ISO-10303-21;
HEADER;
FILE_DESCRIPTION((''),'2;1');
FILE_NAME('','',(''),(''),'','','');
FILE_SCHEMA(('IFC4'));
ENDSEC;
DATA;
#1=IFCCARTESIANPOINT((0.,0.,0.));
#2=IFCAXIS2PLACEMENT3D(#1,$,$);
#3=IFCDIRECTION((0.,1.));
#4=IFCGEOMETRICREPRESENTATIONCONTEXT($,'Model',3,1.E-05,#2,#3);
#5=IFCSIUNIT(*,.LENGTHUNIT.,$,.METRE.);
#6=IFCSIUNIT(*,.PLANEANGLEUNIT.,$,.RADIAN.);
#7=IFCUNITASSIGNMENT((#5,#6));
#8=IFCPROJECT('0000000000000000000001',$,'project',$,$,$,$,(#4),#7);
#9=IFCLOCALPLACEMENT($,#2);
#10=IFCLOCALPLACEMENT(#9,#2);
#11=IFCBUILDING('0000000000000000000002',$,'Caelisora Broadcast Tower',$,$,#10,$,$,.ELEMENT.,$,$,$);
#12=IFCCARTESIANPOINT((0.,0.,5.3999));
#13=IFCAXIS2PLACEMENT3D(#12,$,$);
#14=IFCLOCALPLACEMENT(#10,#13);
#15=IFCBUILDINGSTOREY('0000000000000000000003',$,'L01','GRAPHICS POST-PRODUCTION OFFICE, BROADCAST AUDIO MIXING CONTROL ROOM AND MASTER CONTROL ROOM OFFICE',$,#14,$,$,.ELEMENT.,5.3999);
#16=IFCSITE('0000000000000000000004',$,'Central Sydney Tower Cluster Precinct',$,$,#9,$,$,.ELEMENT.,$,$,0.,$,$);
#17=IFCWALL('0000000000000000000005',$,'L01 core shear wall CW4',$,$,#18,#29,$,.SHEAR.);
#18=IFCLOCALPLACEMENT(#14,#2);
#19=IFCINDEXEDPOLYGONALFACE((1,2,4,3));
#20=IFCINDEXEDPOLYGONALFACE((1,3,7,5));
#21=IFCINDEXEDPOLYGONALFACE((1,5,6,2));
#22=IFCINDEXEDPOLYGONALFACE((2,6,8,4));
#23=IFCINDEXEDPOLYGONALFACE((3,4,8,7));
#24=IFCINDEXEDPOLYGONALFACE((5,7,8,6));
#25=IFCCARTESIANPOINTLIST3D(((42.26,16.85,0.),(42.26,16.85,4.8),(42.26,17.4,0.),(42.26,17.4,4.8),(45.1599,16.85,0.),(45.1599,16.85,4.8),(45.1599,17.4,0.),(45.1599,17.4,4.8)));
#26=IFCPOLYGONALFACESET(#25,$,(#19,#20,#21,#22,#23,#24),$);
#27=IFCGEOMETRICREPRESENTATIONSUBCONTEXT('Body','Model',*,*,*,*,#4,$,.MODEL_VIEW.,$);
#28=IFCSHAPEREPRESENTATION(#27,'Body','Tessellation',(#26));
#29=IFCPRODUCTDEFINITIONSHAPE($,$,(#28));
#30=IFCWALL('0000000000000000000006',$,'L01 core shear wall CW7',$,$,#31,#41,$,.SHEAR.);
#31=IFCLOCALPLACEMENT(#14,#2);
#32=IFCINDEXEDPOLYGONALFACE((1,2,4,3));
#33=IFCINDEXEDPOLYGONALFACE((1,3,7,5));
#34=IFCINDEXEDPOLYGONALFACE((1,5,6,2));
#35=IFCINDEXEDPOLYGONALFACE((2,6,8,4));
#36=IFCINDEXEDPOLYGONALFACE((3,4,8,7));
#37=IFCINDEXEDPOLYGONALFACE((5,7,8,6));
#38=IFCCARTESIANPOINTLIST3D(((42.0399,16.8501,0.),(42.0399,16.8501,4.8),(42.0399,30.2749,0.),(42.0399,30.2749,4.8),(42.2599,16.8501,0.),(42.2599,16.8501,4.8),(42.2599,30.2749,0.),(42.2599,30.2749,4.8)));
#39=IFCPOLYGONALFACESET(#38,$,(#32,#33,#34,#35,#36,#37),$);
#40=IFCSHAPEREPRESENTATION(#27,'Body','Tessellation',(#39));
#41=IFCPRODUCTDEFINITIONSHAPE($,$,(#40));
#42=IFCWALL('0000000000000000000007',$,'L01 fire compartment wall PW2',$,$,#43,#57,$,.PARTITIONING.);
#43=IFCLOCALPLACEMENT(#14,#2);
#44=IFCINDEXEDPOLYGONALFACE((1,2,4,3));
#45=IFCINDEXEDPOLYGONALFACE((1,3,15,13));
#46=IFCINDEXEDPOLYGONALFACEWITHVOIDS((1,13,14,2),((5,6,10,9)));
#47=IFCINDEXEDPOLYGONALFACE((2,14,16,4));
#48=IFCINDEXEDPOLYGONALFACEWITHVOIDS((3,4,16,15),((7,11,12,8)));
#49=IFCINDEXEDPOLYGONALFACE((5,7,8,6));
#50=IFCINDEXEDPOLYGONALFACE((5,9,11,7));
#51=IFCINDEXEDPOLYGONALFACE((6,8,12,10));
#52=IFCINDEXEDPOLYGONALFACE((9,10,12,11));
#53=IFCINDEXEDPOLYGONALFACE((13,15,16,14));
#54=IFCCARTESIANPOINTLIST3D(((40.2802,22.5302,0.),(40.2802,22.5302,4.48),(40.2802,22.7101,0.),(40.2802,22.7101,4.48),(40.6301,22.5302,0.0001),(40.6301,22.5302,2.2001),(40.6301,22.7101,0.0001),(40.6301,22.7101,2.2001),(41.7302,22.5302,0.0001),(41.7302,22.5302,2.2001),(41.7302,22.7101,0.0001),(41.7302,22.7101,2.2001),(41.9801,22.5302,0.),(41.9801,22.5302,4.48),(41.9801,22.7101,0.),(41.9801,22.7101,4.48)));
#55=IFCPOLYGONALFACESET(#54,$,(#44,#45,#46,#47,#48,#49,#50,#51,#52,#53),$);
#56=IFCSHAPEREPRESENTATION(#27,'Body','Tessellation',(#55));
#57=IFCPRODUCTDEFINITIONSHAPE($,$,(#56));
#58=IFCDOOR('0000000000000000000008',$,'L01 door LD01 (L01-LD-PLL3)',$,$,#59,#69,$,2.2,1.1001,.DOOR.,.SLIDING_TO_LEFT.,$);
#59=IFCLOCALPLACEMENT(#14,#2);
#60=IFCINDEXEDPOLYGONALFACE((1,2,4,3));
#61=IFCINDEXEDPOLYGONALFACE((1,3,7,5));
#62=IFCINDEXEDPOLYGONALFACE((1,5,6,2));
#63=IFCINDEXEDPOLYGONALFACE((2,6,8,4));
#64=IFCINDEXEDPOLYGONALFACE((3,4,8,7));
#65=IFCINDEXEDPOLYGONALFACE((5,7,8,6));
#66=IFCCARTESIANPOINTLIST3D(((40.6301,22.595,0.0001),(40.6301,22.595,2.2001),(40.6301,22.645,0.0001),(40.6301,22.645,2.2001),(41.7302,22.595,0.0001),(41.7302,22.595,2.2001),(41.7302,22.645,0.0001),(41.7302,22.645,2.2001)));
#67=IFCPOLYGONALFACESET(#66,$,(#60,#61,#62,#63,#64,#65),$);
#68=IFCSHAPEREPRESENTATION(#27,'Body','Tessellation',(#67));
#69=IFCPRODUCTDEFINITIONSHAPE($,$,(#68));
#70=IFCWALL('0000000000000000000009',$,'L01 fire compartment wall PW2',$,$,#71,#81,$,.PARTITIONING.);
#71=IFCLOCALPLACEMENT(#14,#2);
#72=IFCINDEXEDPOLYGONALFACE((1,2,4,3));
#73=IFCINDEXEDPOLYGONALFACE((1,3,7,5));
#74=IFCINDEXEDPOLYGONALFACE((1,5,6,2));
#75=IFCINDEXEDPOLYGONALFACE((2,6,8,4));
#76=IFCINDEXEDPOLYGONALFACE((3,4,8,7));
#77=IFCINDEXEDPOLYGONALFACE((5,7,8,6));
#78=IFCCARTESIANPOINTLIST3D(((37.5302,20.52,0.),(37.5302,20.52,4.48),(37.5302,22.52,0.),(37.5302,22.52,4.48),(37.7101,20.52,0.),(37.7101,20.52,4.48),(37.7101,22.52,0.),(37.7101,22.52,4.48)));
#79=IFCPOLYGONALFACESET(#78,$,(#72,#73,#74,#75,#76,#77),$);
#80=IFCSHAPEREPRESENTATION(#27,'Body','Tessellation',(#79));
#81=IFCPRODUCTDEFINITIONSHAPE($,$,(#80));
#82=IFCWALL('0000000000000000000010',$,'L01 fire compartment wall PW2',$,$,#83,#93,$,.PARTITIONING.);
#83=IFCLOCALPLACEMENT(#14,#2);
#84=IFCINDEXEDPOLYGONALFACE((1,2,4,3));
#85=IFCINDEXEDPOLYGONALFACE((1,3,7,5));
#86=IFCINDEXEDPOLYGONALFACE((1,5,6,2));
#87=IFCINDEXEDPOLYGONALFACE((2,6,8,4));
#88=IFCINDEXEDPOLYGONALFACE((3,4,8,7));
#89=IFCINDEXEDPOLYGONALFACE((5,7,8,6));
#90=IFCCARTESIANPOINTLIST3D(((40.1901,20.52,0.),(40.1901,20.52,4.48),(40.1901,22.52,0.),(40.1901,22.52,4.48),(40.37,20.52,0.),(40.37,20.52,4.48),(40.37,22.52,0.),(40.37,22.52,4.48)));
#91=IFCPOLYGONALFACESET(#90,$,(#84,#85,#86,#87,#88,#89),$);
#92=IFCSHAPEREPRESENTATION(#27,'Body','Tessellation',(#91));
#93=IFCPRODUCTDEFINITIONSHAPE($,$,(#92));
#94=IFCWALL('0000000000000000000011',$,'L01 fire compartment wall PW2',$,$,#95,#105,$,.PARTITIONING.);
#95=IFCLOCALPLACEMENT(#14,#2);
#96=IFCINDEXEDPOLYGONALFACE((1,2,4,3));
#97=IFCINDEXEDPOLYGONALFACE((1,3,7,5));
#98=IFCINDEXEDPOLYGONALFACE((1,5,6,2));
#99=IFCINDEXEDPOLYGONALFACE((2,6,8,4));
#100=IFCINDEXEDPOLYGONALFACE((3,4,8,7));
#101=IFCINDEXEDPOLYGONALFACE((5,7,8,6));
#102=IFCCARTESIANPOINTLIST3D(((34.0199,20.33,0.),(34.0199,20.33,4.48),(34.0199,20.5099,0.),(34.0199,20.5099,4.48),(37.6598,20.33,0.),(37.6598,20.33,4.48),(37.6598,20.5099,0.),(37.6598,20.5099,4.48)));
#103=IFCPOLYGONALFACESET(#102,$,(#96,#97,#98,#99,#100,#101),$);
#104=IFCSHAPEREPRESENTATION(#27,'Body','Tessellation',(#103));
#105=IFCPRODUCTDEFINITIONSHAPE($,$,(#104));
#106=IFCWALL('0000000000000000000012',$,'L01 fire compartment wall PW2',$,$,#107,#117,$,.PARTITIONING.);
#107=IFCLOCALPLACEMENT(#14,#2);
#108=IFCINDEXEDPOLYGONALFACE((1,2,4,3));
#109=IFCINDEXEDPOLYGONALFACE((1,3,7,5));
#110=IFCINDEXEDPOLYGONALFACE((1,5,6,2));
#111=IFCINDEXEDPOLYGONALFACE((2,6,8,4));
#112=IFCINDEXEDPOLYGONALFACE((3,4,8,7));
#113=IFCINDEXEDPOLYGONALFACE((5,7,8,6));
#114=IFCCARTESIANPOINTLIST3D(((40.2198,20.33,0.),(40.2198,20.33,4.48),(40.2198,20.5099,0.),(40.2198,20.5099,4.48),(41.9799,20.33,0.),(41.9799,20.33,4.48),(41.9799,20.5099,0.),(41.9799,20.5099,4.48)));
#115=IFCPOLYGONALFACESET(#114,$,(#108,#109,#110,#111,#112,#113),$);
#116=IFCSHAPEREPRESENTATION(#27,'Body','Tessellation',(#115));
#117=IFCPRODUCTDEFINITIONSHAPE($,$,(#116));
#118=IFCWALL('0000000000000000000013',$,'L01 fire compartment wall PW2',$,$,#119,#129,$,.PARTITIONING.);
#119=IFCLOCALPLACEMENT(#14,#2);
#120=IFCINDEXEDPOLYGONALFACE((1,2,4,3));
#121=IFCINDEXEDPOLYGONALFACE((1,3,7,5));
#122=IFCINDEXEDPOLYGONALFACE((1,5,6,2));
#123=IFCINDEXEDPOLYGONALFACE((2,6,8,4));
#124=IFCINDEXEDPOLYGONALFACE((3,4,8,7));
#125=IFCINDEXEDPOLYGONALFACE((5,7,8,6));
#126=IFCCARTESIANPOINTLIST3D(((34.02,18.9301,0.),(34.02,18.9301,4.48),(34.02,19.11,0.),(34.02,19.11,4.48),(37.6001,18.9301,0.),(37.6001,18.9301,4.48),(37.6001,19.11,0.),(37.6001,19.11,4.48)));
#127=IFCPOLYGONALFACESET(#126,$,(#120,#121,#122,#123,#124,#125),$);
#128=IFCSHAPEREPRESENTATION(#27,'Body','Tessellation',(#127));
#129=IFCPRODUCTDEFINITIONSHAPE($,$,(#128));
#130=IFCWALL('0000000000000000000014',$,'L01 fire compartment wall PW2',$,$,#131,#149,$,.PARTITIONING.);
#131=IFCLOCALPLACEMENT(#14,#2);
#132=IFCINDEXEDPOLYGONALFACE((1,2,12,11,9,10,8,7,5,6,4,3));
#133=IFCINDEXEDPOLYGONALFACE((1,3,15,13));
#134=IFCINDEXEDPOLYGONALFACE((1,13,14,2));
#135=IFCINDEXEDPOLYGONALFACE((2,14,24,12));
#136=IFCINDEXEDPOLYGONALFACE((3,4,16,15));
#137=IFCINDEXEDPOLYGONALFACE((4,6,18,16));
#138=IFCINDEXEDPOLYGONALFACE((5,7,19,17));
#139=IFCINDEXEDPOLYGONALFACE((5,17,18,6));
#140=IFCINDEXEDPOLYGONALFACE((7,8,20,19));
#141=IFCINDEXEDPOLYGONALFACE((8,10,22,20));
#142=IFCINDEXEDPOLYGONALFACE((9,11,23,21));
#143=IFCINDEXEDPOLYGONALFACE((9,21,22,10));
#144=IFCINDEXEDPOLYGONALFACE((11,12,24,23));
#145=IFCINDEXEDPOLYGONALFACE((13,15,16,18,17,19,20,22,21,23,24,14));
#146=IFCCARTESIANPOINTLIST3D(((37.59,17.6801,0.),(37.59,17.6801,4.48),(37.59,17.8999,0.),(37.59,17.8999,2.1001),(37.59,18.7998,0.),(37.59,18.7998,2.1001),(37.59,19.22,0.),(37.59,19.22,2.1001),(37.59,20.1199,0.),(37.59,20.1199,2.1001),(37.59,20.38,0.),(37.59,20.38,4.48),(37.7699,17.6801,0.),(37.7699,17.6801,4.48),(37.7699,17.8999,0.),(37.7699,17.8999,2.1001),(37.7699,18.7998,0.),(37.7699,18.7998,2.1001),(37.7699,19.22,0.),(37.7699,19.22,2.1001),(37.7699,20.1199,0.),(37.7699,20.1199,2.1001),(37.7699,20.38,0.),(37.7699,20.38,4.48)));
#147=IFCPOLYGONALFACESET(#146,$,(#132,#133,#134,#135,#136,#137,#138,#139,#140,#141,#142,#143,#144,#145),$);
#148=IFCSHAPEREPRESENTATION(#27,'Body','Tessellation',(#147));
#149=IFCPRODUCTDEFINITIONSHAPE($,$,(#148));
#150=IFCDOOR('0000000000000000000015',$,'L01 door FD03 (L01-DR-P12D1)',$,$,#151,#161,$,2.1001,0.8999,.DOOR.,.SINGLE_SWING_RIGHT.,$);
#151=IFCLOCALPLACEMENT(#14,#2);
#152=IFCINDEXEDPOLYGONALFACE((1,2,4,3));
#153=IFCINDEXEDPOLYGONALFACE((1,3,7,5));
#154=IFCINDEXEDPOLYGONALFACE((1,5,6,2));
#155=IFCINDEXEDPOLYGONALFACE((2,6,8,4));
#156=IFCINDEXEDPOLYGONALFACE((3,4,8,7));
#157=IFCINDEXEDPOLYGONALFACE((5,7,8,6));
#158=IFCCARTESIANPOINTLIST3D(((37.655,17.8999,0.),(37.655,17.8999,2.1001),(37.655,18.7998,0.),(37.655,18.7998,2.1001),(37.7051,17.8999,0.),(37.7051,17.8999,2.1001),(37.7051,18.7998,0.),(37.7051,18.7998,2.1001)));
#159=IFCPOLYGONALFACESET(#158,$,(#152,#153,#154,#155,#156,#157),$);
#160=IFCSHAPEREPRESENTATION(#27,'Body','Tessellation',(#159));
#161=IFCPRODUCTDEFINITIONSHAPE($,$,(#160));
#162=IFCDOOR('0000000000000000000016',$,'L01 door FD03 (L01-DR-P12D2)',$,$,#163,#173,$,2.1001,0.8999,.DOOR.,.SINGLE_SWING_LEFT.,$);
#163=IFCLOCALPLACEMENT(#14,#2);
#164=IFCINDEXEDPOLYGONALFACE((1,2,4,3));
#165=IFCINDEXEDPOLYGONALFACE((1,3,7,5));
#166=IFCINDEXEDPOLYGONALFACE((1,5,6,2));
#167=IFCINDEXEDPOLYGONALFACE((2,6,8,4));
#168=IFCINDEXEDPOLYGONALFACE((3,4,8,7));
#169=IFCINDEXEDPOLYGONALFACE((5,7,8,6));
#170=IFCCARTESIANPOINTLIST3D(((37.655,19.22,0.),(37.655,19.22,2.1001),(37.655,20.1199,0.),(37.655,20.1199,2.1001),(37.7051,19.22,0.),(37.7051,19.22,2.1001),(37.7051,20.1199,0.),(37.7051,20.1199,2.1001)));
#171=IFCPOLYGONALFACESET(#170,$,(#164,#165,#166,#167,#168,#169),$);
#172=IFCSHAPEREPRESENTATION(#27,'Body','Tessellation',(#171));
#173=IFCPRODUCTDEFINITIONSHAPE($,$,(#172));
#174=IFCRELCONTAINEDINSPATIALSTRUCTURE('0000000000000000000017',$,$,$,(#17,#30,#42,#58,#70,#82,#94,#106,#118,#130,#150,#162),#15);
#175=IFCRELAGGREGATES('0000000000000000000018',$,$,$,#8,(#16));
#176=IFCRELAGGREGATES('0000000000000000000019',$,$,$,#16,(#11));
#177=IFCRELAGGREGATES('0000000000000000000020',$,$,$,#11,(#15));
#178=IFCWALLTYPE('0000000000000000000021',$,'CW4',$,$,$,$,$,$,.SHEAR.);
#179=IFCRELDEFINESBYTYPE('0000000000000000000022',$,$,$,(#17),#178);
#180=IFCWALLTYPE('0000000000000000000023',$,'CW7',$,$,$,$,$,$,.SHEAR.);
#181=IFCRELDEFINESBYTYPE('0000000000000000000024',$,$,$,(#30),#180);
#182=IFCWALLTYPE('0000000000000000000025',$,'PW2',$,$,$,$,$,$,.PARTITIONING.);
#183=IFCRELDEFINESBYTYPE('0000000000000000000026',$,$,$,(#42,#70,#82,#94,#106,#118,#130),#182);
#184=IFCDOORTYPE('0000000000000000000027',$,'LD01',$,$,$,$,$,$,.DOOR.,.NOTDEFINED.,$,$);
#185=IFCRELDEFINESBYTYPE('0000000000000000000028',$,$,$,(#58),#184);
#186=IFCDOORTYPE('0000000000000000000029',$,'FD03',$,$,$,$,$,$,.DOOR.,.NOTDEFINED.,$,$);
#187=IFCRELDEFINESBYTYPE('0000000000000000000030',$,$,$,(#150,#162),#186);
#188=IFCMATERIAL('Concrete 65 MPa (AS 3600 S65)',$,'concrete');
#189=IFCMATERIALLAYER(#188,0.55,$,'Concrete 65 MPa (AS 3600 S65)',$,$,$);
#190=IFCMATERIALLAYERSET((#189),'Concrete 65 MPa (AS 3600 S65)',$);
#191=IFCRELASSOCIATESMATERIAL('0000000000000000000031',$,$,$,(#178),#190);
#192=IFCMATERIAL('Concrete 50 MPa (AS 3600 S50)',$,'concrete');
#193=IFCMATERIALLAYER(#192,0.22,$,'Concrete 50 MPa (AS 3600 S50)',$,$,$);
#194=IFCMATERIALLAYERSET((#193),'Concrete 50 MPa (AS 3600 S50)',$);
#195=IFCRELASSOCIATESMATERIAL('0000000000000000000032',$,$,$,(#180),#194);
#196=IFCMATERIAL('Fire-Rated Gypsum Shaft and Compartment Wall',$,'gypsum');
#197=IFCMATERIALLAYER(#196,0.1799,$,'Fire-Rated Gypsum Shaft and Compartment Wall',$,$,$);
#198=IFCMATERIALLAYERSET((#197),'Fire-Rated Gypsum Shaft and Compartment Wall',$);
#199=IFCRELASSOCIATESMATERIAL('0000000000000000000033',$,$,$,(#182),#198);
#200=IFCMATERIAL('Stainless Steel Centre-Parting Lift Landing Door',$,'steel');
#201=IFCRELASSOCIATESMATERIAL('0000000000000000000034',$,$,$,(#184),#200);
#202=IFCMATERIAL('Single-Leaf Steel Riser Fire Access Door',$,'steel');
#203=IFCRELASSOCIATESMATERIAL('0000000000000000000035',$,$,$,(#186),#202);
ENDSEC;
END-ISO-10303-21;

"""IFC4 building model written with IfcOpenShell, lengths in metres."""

from ifc_helpers import new_model, si_unit, direction, frame, frame_2d, origin, place, context, subcontext, project, spatial, rectangle, extrude, material, layer, layer_set, type_object, element, fill, save


model = new_model("IFC4")

# Units and contexts
model_context = context("Model", 3, precision=1e-05, world=origin(), true_north=direction((0.0, 1.0)))
body_context = subcontext(model_context, "Body", "Model", "MODEL_VIEW")
ifc_project = project(units=[si_unit("LENGTHUNIT", "METRE"), si_unit("PLANEANGLEUNIT", "RADIAN")], contexts=[model_context])

# Site, building, storey
site_placement = place(None, origin())
site = spatial("IfcSite", under=ifc_project, at=site_placement, Name="Central Sydney Tower Cluster Precinct", CompositionType="ELEMENT", RefElevation=0.0)
building_placement = place(site_placement, origin())
building = spatial("IfcBuilding", under=site, at=building_placement, Name="Caelisora Broadcast Tower", CompositionType="ELEMENT")
storey_placement = place(building_placement, frame((0.0, 0.0, 5.3999)))
storey = spatial("IfcBuildingStorey", under=building, at=storey_placement, Name="L01", Description="GRAPHICS POST-PRODUCTION OFFICE, BROADCAST AUDIO MIXING CONTROL ROOM AND MASTER CONTROL ROOM OFFICE", CompositionType="ELEMENT", Elevation=5.3999)

# Shared definitions
ifc_material_1 = material(Name="Concrete 65 MPa (AS 3600 S65)", Category="concrete")

# Walls
ifc_layer_1 = layer(ifc_material_1, 0.55, Name="Concrete 65 MPa (AS 3600 S65)")
ifc_layer_set_1 = layer_set([ifc_layer_1], Name="Concrete 65 MPa (AS 3600 S65)")
wall_type_1 = type_object("IfcWallType", Name="CW4", PredefinedType="SHEAR", material=ifc_layer_set_1)
wall_1_placement = place(storey_placement, frame((42.26, 17.125, 0.0), z_axis=(0.0, 0.0, 1.0), x_axis=(1.0, 0.0, 0.0)))
element("IfcWall", 1, at=wall_1_placement, inside=storey, type_object=wall_type_1, Name="L01 core shear wall CW4", PredefinedType="SHEAR", context=body_context, shape_type="SweptSolid", body=[
    extrude(rectangle(XDim=2.8999, YDim=0.55, at=frame_2d((1.45, 0.0))), origin(), (0.0, 0.0, 1.0), 4.8),
])
ifc_material_2 = material(Name="Concrete 50 MPa (AS 3600 S50)", Category="concrete")
ifc_layer_2 = layer(ifc_material_2, 0.22, Name="Concrete 50 MPa (AS 3600 S50)")
ifc_layer_set_2 = layer_set([ifc_layer_2], Name="Concrete 50 MPa (AS 3600 S50)")
wall_type_2 = type_object("IfcWallType", Name="CW7", PredefinedType="SHEAR", material=ifc_layer_set_2)
wall_2_placement = place(storey_placement, frame((42.1499, 16.8501, 0.0), z_axis=(0.0, 0.0, 1.0), x_axis=(0.0, 1.0, 0.0)))
element("IfcWall", 2, at=wall_2_placement, inside=storey, type_object=wall_type_2, Name="L01 core shear wall CW7", PredefinedType="SHEAR", context=body_context, shape_type="SweptSolid", body=[
    extrude(rectangle(XDim=13.4248, YDim=0.22, at=frame_2d((6.7124, 0.0))), origin(), (0.0, 0.0, 1.0), 4.8),
])

# Wall, opening, door
ifc_material_3 = material(Name="Fire-Rated Gypsum Shaft and Compartment Wall", Category="gypsum")
ifc_layer_3 = layer(ifc_material_3, 0.1799, Name="Fire-Rated Gypsum Shaft and Compartment Wall")
ifc_layer_set_3 = layer_set([ifc_layer_3], Name="Fire-Rated Gypsum Shaft and Compartment Wall")
wall_type_3 = type_object("IfcWallType", Name="PW2", PredefinedType="PARTITIONING", material=ifc_layer_set_3)
wall_3_placement = place(storey_placement, frame((40.28, 22.6201, 0.0), z_axis=(0.0, 0.0, 1.0), x_axis=(1.0, 0.0, 0.0)))
wall_3 = element("IfcWall", 3, at=wall_3_placement, inside=storey, type_object=wall_type_3, Name="L01 fire compartment wall PW2", PredefinedType="PARTITIONING", context=body_context, shape_type="SweptSolid", body=[
    extrude(rectangle(XDim=1.7, YDim=0.1799, at=frame_2d((0.8501, 0.0))), origin(), (0.0, 0.0, 1.0), 4.48),
])
opening_1_placement = place(wall_3_placement, frame((0.3501, 0.0, 0.0)))
opening_1 = element("IfcOpeningElement", 4, at=opening_1_placement, cuts=wall_3, PredefinedType="OPENING", context=body_context, shape_type="SweptSolid", body=[
    extrude(rectangle(XDim=1.1001, YDim=2.2, at=frame_2d((0.55, 1.1001))), frame((0.0, 0.1021, 0.0), z_axis=(0.0, -1.0, 0.0), x_axis=(1.0, 0.0, 0.0)), (0.0, 0.0, 1.0), 0.2039),
])
ifc_material_4 = material(Name="Stainless Steel Centre-Parting Lift Landing Door", Category="steel")
door_type_1 = type_object("IfcDoorType", Name="LD01", OperationType="NOTDEFINED", PredefinedType="DOOR", material=ifc_material_4)
door_1_placement = place(opening_1_placement, origin())
door_1 = element("IfcDoor", 5, at=door_1_placement, inside=storey, type_object=door_type_1, Name="L01 door LD01 (L01-LD-PLL3)", OperationType="SLIDING_TO_LEFT", OverallHeight=2.2, OverallWidth=1.1001, PredefinedType="DOOR", context=body_context, shape_type="SweptSolid", body=[
    extrude(rectangle(XDim=1.1001, YDim=2.2, at=frame_2d((0.55, 1.1001))), frame((0.0, 0.0249, 0.0), z_axis=(0.0, -1.0, 0.0), x_axis=(1.0, 0.0, 0.0)), (0.0, 0.0, 1.0), 0.05),
])
fill(opening_1, door_1)

# Walls
for number, where, z_axis, x_axis, name in (
    (6, (37.6201, 20.52, 0.0), (0.0, 0.0, 1.0), (0.0, 1.0, 0.0), "L01 fire compartment wall PW2"),
    (7, (40.28, 20.52, 0.0), (0.0, 0.0, 1.0), (0.0, 1.0, 0.0), "L01 fire compartment wall PW2"),
):
    element("IfcWall", number, at=place(storey_placement, frame(where, z_axis=z_axis, x_axis=x_axis)), inside=storey, type_object=wall_type_3, Name=name, PredefinedType="PARTITIONING", context=body_context, shape_type="SweptSolid", body=[
        extrude(rectangle(XDim=2.0, YDim=0.1799, at=frame_2d((1.0, 0.0))), origin(), (0.0, 0.0, 1.0), 4.48),
    ])
wall_4_placement = place(storey_placement, frame((34.02, 20.4199, 0.0), z_axis=(0.0, 0.0, 1.0), x_axis=(1.0, 0.0, 0.0)))
element("IfcWall", 8, at=wall_4_placement, inside=storey, type_object=wall_type_3, Name="L01 fire compartment wall PW2", PredefinedType="PARTITIONING", context=body_context, shape_type="SweptSolid", body=[
    extrude(rectangle(XDim=3.6399, YDim=0.1799, at=frame_2d((1.8198, 0.0))), origin(), (0.0, 0.0, 1.0), 4.48),
])
wall_5_placement = place(storey_placement, frame((40.22, 20.4199, 0.0), z_axis=(0.0, 0.0, 1.0), x_axis=(1.0, 0.0, 0.0)))
element("IfcWall", 9, at=wall_5_placement, inside=storey, type_object=wall_type_3, Name="L01 fire compartment wall PW2", PredefinedType="PARTITIONING", context=body_context, shape_type="SweptSolid", body=[
    extrude(rectangle(XDim=1.76, YDim=0.1799, at=frame_2d((0.8799, 0.0))), origin(), (0.0, 0.0, 1.0), 4.48),
])
wall_6_placement = place(storey_placement, frame((34.02, 19.02, 0.0), z_axis=(0.0, 0.0, 1.0), x_axis=(1.0, 0.0, 0.0)))
element("IfcWall", 10, at=wall_6_placement, inside=storey, type_object=wall_type_3, Name="L01 fire compartment wall PW2", PredefinedType="PARTITIONING", context=body_context, shape_type="SweptSolid", body=[
    extrude(rectangle(XDim=3.5801, YDim=0.1799, at=frame_2d((1.79, 0.0))), origin(), (0.0, 0.0, 1.0), 4.48),
])

# Wall, openings, doors
wall_7_placement = place(storey_placement, frame((37.6799, 17.6799, 0.0), z_axis=(0.0, 0.0, 1.0), x_axis=(0.0, 1.0, 0.0)))
wall_7 = element("IfcWall", 11, at=wall_7_placement, inside=storey, type_object=wall_type_3, Name="L01 fire compartment wall PW2", PredefinedType="PARTITIONING", context=body_context, shape_type="SweptSolid", body=[
    extrude(rectangle(XDim=2.7, YDim=0.1799, at=frame_2d((1.3501, 0.0))), origin(), (0.0, 0.0, 1.0), 4.48),
])
opening_2_placement = place(wall_7_placement, frame((0.22, 0.0, 0.0)))
opening_2 = element("IfcOpeningElement", 12, at=opening_2_placement, cuts=wall_7, PredefinedType="OPENING", context=body_context, shape_type="SweptSolid", body=[
    extrude(rectangle(XDim=0.8999, YDim=2.1001, at=frame_2d((0.45, 1.05))), frame((0.0, 0.1021, 0.0), z_axis=(0.0, -1.0, 0.0), x_axis=(1.0, 0.0, 0.0)), (0.0, 0.0, 1.0), 0.2039),
])
opening_3_placement = place(wall_7_placement, frame((1.54, 0.0, 0.0)))
opening_3 = element("IfcOpeningElement", 13, at=opening_3_placement, cuts=wall_7, PredefinedType="OPENING", context=body_context, shape_type="SweptSolid", body=[
    extrude(rectangle(XDim=0.8999, YDim=2.1001, at=frame_2d((0.45, 1.05))), frame((0.0, 0.1021, 0.0), z_axis=(0.0, -1.0, 0.0), x_axis=(1.0, 0.0, 0.0)), (0.0, 0.0, 1.0), 0.2039),
])
ifc_material_5 = material(Name="Single-Leaf Steel Riser Fire Access Door", Category="steel")
door_type_2 = type_object("IfcDoorType", Name="FD03", OperationType="NOTDEFINED", PredefinedType="DOOR", material=ifc_material_5)
door_2_placement = place(opening_2_placement, origin())
door_2 = element("IfcDoor", 14, at=door_2_placement, inside=storey, type_object=door_type_2, Name="L01 door FD03 (L01-DR-P12D1)", OperationType="SINGLE_SWING_RIGHT", OverallHeight=2.1001, OverallWidth=0.8999, PredefinedType="DOOR", context=body_context, shape_type="SweptSolid", body=[
    extrude(rectangle(XDim=0.8999, YDim=2.1001, at=frame_2d((0.45, 1.05))), frame((0.0, 0.0249, 0.0), z_axis=(0.0, -1.0, 0.0), x_axis=(1.0, 0.0, 0.0)), (0.0, 0.0, 1.0), 0.05),
])
fill(opening_2, door_2)
door_3_placement = place(opening_3_placement, origin())
door_3 = element("IfcDoor", 15, at=door_3_placement, inside=storey, type_object=door_type_2, Name="L01 door FD03 (L01-DR-P12D2)", OperationType="SINGLE_SWING_LEFT", OverallHeight=2.1001, OverallWidth=0.8999, PredefinedType="DOOR", context=body_context, shape_type="SweptSolid", body=[
    extrude(rectangle(XDim=0.8999, YDim=2.1001, at=frame_2d((0.45, 1.05))), frame((0.0, 0.0249, 0.0), z_axis=(0.0, -1.0, 0.0), x_axis=(1.0, 0.0, 0.0)), (0.0, 0.0, 1.0), 0.05),
])
fill(opening_3, door_3)

save(model, "model.ifc")
